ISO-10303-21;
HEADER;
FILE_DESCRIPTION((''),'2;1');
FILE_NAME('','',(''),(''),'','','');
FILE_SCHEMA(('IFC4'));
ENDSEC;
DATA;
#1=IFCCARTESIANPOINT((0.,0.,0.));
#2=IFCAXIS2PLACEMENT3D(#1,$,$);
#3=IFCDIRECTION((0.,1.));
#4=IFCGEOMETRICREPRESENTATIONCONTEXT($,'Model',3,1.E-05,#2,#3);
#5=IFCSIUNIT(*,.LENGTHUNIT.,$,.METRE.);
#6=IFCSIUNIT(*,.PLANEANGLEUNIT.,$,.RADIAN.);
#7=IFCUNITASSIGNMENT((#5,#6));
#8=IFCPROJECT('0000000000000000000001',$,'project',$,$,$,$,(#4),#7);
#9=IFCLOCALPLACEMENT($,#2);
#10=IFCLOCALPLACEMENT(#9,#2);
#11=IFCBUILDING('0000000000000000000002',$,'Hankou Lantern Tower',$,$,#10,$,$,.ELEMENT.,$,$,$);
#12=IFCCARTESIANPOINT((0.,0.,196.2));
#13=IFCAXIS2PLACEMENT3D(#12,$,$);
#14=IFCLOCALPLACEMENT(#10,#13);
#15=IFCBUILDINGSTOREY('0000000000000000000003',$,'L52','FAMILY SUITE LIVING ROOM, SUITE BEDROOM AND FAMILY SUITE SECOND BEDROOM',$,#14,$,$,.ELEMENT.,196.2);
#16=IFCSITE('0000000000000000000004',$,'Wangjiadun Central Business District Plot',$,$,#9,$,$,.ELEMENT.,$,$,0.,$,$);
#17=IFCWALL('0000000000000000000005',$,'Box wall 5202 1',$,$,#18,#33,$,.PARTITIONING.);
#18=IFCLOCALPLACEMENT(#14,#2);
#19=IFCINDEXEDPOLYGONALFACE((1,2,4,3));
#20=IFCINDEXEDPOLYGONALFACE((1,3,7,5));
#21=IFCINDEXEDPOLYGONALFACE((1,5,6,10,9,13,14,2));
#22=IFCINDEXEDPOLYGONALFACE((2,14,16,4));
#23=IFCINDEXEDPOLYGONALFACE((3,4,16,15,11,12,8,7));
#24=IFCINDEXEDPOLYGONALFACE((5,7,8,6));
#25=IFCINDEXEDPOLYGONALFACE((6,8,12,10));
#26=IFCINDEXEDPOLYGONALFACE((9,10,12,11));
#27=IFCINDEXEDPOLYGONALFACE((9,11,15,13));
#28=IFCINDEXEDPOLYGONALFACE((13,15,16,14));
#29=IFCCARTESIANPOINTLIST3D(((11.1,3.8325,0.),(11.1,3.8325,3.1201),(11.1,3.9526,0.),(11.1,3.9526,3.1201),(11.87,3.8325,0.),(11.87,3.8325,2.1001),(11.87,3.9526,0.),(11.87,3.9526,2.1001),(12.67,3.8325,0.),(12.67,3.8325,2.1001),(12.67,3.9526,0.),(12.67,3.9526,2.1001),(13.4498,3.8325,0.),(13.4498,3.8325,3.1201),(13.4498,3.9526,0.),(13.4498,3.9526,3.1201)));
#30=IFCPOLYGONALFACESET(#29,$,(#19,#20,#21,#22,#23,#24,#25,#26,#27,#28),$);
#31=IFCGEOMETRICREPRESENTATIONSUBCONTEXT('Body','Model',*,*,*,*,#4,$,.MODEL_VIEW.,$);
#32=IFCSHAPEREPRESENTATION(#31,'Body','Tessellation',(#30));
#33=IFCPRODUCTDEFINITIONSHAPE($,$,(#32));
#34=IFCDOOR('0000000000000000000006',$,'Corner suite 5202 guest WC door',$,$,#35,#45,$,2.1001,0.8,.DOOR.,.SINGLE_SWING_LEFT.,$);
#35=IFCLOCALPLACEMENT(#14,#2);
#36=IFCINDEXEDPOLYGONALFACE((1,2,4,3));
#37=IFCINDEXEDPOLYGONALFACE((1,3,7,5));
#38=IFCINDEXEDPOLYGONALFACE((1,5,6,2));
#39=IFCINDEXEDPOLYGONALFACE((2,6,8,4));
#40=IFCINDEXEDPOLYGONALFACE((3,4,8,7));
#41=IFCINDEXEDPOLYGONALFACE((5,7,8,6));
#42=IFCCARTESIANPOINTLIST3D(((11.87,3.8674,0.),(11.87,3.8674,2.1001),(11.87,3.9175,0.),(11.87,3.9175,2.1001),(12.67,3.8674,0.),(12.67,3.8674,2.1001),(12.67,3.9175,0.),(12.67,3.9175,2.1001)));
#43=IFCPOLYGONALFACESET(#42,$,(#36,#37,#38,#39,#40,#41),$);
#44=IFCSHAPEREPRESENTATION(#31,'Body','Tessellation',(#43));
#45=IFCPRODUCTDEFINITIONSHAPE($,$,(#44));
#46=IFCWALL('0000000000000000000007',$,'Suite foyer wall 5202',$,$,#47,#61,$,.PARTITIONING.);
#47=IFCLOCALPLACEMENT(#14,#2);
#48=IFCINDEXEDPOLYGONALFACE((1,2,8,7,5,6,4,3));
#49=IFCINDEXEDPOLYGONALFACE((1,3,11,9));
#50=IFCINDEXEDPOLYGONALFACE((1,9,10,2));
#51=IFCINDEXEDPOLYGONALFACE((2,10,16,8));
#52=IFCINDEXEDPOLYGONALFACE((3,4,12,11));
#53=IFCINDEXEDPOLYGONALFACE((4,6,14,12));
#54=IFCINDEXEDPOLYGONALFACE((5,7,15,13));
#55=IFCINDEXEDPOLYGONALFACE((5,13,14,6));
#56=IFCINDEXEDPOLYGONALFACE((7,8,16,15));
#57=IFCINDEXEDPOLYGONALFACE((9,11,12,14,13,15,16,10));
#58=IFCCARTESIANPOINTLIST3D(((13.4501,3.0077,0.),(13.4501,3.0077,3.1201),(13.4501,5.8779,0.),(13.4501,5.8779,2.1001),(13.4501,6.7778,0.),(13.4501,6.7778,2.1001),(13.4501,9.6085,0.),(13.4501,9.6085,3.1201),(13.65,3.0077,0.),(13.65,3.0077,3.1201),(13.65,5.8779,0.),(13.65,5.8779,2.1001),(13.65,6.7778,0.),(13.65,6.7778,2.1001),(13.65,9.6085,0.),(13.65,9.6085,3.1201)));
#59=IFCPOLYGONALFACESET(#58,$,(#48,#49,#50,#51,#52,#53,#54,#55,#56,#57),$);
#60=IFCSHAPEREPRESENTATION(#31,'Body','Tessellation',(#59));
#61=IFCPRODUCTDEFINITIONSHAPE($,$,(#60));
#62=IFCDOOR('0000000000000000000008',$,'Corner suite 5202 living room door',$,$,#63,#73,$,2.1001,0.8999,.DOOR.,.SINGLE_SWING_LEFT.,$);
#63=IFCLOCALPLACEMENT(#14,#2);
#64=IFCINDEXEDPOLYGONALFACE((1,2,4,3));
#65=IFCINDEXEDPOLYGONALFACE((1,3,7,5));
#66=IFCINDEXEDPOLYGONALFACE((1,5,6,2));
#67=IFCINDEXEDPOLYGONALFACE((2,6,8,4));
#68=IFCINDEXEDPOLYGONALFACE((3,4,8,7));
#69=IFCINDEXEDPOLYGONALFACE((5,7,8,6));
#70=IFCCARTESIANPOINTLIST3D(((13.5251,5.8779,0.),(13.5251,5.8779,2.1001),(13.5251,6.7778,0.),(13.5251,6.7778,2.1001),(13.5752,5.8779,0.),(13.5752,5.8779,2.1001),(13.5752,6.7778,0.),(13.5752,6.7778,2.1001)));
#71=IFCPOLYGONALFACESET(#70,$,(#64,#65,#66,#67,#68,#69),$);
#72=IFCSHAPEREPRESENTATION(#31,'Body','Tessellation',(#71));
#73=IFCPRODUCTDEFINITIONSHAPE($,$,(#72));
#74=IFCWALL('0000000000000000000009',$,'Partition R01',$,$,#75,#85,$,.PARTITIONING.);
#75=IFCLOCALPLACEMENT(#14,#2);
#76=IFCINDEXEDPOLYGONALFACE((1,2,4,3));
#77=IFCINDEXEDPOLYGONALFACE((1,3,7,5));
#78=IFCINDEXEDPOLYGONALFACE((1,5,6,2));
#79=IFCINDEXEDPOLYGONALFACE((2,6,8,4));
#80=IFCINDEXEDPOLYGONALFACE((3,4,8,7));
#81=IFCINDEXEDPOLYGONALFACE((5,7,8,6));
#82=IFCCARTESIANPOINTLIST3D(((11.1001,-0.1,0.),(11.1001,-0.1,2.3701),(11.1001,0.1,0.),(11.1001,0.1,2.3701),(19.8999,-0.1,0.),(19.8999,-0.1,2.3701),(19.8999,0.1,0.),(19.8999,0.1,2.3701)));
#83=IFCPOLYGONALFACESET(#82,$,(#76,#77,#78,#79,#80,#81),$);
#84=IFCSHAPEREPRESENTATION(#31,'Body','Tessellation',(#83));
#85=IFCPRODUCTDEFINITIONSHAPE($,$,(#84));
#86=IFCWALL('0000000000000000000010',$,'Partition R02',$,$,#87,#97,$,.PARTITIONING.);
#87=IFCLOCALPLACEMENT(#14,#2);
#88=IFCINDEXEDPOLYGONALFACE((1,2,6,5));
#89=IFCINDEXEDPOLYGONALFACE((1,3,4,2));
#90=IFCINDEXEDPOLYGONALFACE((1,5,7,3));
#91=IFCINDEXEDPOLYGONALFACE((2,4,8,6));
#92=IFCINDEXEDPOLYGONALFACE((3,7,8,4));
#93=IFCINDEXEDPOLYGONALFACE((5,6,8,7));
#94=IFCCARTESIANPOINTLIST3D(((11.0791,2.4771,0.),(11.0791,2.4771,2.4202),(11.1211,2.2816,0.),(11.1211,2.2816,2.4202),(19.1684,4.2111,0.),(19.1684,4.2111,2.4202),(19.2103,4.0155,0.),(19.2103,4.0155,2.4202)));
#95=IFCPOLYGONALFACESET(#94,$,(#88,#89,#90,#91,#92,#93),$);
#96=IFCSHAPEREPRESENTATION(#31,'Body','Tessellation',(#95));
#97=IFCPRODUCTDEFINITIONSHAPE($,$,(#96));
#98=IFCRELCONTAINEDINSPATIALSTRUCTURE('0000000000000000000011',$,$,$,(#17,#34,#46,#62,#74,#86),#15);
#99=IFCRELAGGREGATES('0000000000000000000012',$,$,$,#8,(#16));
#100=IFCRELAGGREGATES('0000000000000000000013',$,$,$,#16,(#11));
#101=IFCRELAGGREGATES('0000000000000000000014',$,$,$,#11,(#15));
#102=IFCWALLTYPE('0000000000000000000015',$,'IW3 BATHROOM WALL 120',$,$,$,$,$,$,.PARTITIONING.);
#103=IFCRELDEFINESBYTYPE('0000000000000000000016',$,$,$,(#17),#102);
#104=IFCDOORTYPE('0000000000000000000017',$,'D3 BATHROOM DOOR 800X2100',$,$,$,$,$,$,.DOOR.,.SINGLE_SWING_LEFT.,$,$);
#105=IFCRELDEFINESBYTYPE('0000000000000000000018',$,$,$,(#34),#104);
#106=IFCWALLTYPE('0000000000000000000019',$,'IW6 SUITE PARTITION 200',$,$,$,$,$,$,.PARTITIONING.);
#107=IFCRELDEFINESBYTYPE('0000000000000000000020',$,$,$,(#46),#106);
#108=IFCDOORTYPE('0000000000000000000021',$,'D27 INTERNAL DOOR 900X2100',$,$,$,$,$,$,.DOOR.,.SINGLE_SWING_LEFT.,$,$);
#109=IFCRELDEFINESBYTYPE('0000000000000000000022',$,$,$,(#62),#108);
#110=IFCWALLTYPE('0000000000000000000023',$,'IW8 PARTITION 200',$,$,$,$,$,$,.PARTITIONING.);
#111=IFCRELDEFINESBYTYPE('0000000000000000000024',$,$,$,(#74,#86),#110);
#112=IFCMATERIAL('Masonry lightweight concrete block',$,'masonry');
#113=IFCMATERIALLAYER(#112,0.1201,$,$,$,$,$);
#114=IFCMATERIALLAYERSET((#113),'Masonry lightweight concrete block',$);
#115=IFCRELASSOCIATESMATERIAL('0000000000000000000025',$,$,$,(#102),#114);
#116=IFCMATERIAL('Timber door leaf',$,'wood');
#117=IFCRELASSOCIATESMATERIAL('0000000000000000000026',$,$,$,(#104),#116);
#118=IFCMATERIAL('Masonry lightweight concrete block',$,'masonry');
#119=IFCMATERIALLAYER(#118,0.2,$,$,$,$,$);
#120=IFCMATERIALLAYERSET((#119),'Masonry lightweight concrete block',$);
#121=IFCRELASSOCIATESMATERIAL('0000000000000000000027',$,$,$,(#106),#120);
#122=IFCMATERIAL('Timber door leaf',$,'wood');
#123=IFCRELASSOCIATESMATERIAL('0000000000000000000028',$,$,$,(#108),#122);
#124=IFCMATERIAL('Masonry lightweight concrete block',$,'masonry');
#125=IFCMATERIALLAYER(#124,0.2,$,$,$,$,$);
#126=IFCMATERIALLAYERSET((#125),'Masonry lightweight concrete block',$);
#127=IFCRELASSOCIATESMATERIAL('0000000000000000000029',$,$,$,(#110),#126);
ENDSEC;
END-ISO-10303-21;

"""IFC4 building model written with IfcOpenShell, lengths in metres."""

from ifc_helpers import new_model, si_unit, direction, frame, frame_2d, origin, place, context, subcontext, project, spatial, rectangle, extrude, material, layer, layer_set, type_object, element, fill, save


model = new_model("IFC4")

# Units and contexts
model_context = context("Model", 3, precision=1e-05, world=origin(), true_north=direction((0.0, 1.0)))
body_context = subcontext(model_context, "Body", "Model", "MODEL_VIEW")
ifc_project = project(units=[si_unit("LENGTHUNIT", "METRE"), si_unit("PLANEANGLEUNIT", "RADIAN")], contexts=[model_context])

# Site, building, storey
site_placement = place(None, origin())
site = spatial("IfcSite", under=ifc_project, at=site_placement, Name="Wangjiadun Central Business District Plot", CompositionType="ELEMENT", RefElevation=0.0)
building_placement = place(site_placement, origin())
building = spatial("IfcBuilding", under=site, at=building_placement, Name="Hankou Lantern Tower", CompositionType="ELEMENT")
storey_placement = place(building_placement, frame((0.0, 0.0, 196.2)))
storey = spatial("IfcBuildingStorey", under=building, at=storey_placement, Name="L52", Description="FAMILY SUITE LIVING ROOM, SUITE BEDROOM AND FAMILY SUITE SECOND BEDROOM", CompositionType="ELEMENT", Elevation=196.2)

# Walls, openings, doors
ifc_material_1 = material(Name="Masonry lightweight concrete block", Category="masonry")
ifc_layer_1 = layer(ifc_material_1, 0.1201)
ifc_layer_set_1 = layer_set([ifc_layer_1], Name="Masonry lightweight concrete block")
wall_type_1 = type_object("IfcWallType", Name="IW3 BATHROOM WALL 120", PredefinedType="PARTITIONING", material=ifc_layer_set_1)
wall_1_placement = place(storey_placement, frame((11.1001, 3.8926, 0.0), z_axis=(0.0, 0.0, 1.0), x_axis=(1.0, 0.0, 0.0)))
wall_1 = element("IfcWall", 1, at=wall_1_placement, inside=storey, type_object=wall_type_1, Name="Box wall 5202 1", PredefinedType="PARTITIONING", context=body_context, shape_type="SweptSolid", body=[
    extrude(rectangle(XDim=2.3499, YDim=0.1201, at=frame_2d((1.1748, 0.0))), origin(), (0.0, 0.0, 1.0), 3.1201),
])
opening_1_placement = place(wall_1_placement, frame((0.77, 0.0, 0.0)))
opening_1 = element("IfcOpeningElement", 2, at=opening_1_placement, cuts=wall_1, PredefinedType="OPENING", context=body_context, shape_type="SweptSolid", body=[
    extrude(rectangle(XDim=0.8, YDim=2.1001, at=frame_2d((0.3999, 1.05))), frame((0.0, 0.0701, 0.0), z_axis=(0.0, -1.0, 0.0), x_axis=(1.0, 0.0, 0.0)), (0.0, 0.0, 1.0), 0.1401),
])
ifc_material_2 = material(Name="Timber door leaf", Category="wood")
door_type_1 = type_object("IfcDoorType", Name="D3 BATHROOM DOOR 800X2100", OperationType="SINGLE_SWING_LEFT", PredefinedType="DOOR", material=ifc_material_2)
door_1_placement = place(opening_1_placement, origin())
door_1 = element("IfcDoor", 3, at=door_1_placement, inside=storey, type_object=door_type_1, Name="Corner suite 5202 guest WC door", OperationType="SINGLE_SWING_LEFT", OverallHeight=2.1001, OverallWidth=0.8, PredefinedType="DOOR", context=body_context, shape_type="SweptSolid", body=[
    extrude(rectangle(XDim=0.8, YDim=2.1001, at=frame_2d((0.3999, 1.05))), frame((0.0, 0.0249, 0.0), z_axis=(0.0, -1.0, 0.0), x_axis=(1.0, 0.0, 0.0)), (0.0, 0.0, 1.0), 0.05),
])
fill(opening_1, door_1)
ifc_material_3 = material(Name="Masonry lightweight concrete block", Category="masonry")
ifc_layer_2 = layer(ifc_material_3, 0.2)
ifc_layer_set_2 = layer_set([ifc_layer_2], Name="Masonry lightweight concrete block")
wall_type_2 = type_object("IfcWallType", Name="IW6 SUITE PARTITION 200", PredefinedType="PARTITIONING", material=ifc_layer_set_2)
wall_2_placement = place(storey_placement, frame((13.55, 3.0078, 0.0), z_axis=(0.0, 0.0, 1.0), x_axis=(0.0, 1.0, 0.0)))
wall_2 = element("IfcWall", 4, at=wall_2_placement, inside=storey, type_object=wall_type_2, Name="Suite foyer wall 5202", PredefinedType="PARTITIONING", context=body_context, shape_type="SweptSolid", body=[
    extrude(rectangle(XDim=6.6008, YDim=0.2, at=frame_2d((3.3003, 0.0))), origin(), (0.0, 0.0, 1.0), 3.1201),
])
opening_2_placement = place(wall_2_placement, frame((2.8701, 0.0, 0.0)))
opening_2 = element("IfcOpeningElement", 5, at=opening_2_placement, cuts=wall_2, PredefinedType="OPENING", context=body_context, shape_type="SweptSolid", body=[
    extrude(rectangle(XDim=0.8999, YDim=2.1001, at=frame_2d((0.45, 1.05))), frame((0.0, 0.1099, 0.0), z_axis=(0.0, -1.0, 0.0), x_axis=(1.0, 0.0, 0.0)), (0.0, 0.0, 1.0), 0.22),
])
ifc_material_4 = material(Name="Timber door leaf", Category="wood")
door_type_2 = type_object("IfcDoorType", Name="D27 INTERNAL DOOR 900X2100", OperationType="SINGLE_SWING_LEFT", PredefinedType="DOOR", material=ifc_material_4)
door_2_placement = place(opening_2_placement, origin())
door_2 = element("IfcDoor", 6, at=door_2_placement, inside=storey, type_object=door_type_2, Name="Corner suite 5202 living room door", OperationType="SINGLE_SWING_LEFT", OverallHeight=2.1001, OverallWidth=0.8999, PredefinedType="DOOR", context=body_context, shape_type="SweptSolid", body=[
    extrude(rectangle(XDim=0.8999, YDim=2.1001, at=frame_2d((0.45, 1.05))), frame((0.0, 0.0249, 0.0), z_axis=(0.0, -1.0, 0.0), x_axis=(1.0, 0.0, 0.0)), (0.0, 0.0, 1.0), 0.05),
])
fill(opening_2, door_2)

# Walls
ifc_material_5 = material(Name="Masonry lightweight concrete block", Category="masonry")
ifc_layer_3 = layer(ifc_material_5, 0.2)
ifc_layer_set_3 = layer_set([ifc_layer_3], Name="Masonry lightweight concrete block")
wall_type_3 = type_object("IfcWallType", Name="IW8 PARTITION 200", PredefinedType="PARTITIONING", material=ifc_layer_set_3)
wall_3_placement = place(storey_placement, frame((11.1001, 0.0, 0.0), z_axis=(0.0, 0.0, 1.0), x_axis=(1.0, 0.0, 0.0)))
element("IfcWall", 7, at=wall_3_placement, inside=storey, type_object=wall_type_3, Name="Partition R01", PredefinedType="PARTITIONING", context=body_context, shape_type="SweptSolid", body=[
    extrude(rectangle(XDim=8.7998, YDim=0.2, at=frame_2d((4.3999, 0.0))), origin(), (0.0, 0.0, 1.0), 2.3701),
])
wall_4_placement = place(storey_placement, frame((11.1001, 2.3794, 0.0), z_axis=(0.0, 0.0, 1.0), x_axis=(0.97779, 0.209588, 0.0)))
element("IfcWall", 8, at=wall_4_placement, inside=storey, type_object=wall_type_3, Name="Partition R02", PredefinedType="PARTITIONING", context=body_context, shape_type="SweptSolid", body=[
    extrude(rectangle(XDim=8.2729, YDim=0.2, at=frame_2d((4.1365, 0.0))), origin(), (0.0, 0.0, 1.0), 2.4202),
])

save(model, "model.ifc")
